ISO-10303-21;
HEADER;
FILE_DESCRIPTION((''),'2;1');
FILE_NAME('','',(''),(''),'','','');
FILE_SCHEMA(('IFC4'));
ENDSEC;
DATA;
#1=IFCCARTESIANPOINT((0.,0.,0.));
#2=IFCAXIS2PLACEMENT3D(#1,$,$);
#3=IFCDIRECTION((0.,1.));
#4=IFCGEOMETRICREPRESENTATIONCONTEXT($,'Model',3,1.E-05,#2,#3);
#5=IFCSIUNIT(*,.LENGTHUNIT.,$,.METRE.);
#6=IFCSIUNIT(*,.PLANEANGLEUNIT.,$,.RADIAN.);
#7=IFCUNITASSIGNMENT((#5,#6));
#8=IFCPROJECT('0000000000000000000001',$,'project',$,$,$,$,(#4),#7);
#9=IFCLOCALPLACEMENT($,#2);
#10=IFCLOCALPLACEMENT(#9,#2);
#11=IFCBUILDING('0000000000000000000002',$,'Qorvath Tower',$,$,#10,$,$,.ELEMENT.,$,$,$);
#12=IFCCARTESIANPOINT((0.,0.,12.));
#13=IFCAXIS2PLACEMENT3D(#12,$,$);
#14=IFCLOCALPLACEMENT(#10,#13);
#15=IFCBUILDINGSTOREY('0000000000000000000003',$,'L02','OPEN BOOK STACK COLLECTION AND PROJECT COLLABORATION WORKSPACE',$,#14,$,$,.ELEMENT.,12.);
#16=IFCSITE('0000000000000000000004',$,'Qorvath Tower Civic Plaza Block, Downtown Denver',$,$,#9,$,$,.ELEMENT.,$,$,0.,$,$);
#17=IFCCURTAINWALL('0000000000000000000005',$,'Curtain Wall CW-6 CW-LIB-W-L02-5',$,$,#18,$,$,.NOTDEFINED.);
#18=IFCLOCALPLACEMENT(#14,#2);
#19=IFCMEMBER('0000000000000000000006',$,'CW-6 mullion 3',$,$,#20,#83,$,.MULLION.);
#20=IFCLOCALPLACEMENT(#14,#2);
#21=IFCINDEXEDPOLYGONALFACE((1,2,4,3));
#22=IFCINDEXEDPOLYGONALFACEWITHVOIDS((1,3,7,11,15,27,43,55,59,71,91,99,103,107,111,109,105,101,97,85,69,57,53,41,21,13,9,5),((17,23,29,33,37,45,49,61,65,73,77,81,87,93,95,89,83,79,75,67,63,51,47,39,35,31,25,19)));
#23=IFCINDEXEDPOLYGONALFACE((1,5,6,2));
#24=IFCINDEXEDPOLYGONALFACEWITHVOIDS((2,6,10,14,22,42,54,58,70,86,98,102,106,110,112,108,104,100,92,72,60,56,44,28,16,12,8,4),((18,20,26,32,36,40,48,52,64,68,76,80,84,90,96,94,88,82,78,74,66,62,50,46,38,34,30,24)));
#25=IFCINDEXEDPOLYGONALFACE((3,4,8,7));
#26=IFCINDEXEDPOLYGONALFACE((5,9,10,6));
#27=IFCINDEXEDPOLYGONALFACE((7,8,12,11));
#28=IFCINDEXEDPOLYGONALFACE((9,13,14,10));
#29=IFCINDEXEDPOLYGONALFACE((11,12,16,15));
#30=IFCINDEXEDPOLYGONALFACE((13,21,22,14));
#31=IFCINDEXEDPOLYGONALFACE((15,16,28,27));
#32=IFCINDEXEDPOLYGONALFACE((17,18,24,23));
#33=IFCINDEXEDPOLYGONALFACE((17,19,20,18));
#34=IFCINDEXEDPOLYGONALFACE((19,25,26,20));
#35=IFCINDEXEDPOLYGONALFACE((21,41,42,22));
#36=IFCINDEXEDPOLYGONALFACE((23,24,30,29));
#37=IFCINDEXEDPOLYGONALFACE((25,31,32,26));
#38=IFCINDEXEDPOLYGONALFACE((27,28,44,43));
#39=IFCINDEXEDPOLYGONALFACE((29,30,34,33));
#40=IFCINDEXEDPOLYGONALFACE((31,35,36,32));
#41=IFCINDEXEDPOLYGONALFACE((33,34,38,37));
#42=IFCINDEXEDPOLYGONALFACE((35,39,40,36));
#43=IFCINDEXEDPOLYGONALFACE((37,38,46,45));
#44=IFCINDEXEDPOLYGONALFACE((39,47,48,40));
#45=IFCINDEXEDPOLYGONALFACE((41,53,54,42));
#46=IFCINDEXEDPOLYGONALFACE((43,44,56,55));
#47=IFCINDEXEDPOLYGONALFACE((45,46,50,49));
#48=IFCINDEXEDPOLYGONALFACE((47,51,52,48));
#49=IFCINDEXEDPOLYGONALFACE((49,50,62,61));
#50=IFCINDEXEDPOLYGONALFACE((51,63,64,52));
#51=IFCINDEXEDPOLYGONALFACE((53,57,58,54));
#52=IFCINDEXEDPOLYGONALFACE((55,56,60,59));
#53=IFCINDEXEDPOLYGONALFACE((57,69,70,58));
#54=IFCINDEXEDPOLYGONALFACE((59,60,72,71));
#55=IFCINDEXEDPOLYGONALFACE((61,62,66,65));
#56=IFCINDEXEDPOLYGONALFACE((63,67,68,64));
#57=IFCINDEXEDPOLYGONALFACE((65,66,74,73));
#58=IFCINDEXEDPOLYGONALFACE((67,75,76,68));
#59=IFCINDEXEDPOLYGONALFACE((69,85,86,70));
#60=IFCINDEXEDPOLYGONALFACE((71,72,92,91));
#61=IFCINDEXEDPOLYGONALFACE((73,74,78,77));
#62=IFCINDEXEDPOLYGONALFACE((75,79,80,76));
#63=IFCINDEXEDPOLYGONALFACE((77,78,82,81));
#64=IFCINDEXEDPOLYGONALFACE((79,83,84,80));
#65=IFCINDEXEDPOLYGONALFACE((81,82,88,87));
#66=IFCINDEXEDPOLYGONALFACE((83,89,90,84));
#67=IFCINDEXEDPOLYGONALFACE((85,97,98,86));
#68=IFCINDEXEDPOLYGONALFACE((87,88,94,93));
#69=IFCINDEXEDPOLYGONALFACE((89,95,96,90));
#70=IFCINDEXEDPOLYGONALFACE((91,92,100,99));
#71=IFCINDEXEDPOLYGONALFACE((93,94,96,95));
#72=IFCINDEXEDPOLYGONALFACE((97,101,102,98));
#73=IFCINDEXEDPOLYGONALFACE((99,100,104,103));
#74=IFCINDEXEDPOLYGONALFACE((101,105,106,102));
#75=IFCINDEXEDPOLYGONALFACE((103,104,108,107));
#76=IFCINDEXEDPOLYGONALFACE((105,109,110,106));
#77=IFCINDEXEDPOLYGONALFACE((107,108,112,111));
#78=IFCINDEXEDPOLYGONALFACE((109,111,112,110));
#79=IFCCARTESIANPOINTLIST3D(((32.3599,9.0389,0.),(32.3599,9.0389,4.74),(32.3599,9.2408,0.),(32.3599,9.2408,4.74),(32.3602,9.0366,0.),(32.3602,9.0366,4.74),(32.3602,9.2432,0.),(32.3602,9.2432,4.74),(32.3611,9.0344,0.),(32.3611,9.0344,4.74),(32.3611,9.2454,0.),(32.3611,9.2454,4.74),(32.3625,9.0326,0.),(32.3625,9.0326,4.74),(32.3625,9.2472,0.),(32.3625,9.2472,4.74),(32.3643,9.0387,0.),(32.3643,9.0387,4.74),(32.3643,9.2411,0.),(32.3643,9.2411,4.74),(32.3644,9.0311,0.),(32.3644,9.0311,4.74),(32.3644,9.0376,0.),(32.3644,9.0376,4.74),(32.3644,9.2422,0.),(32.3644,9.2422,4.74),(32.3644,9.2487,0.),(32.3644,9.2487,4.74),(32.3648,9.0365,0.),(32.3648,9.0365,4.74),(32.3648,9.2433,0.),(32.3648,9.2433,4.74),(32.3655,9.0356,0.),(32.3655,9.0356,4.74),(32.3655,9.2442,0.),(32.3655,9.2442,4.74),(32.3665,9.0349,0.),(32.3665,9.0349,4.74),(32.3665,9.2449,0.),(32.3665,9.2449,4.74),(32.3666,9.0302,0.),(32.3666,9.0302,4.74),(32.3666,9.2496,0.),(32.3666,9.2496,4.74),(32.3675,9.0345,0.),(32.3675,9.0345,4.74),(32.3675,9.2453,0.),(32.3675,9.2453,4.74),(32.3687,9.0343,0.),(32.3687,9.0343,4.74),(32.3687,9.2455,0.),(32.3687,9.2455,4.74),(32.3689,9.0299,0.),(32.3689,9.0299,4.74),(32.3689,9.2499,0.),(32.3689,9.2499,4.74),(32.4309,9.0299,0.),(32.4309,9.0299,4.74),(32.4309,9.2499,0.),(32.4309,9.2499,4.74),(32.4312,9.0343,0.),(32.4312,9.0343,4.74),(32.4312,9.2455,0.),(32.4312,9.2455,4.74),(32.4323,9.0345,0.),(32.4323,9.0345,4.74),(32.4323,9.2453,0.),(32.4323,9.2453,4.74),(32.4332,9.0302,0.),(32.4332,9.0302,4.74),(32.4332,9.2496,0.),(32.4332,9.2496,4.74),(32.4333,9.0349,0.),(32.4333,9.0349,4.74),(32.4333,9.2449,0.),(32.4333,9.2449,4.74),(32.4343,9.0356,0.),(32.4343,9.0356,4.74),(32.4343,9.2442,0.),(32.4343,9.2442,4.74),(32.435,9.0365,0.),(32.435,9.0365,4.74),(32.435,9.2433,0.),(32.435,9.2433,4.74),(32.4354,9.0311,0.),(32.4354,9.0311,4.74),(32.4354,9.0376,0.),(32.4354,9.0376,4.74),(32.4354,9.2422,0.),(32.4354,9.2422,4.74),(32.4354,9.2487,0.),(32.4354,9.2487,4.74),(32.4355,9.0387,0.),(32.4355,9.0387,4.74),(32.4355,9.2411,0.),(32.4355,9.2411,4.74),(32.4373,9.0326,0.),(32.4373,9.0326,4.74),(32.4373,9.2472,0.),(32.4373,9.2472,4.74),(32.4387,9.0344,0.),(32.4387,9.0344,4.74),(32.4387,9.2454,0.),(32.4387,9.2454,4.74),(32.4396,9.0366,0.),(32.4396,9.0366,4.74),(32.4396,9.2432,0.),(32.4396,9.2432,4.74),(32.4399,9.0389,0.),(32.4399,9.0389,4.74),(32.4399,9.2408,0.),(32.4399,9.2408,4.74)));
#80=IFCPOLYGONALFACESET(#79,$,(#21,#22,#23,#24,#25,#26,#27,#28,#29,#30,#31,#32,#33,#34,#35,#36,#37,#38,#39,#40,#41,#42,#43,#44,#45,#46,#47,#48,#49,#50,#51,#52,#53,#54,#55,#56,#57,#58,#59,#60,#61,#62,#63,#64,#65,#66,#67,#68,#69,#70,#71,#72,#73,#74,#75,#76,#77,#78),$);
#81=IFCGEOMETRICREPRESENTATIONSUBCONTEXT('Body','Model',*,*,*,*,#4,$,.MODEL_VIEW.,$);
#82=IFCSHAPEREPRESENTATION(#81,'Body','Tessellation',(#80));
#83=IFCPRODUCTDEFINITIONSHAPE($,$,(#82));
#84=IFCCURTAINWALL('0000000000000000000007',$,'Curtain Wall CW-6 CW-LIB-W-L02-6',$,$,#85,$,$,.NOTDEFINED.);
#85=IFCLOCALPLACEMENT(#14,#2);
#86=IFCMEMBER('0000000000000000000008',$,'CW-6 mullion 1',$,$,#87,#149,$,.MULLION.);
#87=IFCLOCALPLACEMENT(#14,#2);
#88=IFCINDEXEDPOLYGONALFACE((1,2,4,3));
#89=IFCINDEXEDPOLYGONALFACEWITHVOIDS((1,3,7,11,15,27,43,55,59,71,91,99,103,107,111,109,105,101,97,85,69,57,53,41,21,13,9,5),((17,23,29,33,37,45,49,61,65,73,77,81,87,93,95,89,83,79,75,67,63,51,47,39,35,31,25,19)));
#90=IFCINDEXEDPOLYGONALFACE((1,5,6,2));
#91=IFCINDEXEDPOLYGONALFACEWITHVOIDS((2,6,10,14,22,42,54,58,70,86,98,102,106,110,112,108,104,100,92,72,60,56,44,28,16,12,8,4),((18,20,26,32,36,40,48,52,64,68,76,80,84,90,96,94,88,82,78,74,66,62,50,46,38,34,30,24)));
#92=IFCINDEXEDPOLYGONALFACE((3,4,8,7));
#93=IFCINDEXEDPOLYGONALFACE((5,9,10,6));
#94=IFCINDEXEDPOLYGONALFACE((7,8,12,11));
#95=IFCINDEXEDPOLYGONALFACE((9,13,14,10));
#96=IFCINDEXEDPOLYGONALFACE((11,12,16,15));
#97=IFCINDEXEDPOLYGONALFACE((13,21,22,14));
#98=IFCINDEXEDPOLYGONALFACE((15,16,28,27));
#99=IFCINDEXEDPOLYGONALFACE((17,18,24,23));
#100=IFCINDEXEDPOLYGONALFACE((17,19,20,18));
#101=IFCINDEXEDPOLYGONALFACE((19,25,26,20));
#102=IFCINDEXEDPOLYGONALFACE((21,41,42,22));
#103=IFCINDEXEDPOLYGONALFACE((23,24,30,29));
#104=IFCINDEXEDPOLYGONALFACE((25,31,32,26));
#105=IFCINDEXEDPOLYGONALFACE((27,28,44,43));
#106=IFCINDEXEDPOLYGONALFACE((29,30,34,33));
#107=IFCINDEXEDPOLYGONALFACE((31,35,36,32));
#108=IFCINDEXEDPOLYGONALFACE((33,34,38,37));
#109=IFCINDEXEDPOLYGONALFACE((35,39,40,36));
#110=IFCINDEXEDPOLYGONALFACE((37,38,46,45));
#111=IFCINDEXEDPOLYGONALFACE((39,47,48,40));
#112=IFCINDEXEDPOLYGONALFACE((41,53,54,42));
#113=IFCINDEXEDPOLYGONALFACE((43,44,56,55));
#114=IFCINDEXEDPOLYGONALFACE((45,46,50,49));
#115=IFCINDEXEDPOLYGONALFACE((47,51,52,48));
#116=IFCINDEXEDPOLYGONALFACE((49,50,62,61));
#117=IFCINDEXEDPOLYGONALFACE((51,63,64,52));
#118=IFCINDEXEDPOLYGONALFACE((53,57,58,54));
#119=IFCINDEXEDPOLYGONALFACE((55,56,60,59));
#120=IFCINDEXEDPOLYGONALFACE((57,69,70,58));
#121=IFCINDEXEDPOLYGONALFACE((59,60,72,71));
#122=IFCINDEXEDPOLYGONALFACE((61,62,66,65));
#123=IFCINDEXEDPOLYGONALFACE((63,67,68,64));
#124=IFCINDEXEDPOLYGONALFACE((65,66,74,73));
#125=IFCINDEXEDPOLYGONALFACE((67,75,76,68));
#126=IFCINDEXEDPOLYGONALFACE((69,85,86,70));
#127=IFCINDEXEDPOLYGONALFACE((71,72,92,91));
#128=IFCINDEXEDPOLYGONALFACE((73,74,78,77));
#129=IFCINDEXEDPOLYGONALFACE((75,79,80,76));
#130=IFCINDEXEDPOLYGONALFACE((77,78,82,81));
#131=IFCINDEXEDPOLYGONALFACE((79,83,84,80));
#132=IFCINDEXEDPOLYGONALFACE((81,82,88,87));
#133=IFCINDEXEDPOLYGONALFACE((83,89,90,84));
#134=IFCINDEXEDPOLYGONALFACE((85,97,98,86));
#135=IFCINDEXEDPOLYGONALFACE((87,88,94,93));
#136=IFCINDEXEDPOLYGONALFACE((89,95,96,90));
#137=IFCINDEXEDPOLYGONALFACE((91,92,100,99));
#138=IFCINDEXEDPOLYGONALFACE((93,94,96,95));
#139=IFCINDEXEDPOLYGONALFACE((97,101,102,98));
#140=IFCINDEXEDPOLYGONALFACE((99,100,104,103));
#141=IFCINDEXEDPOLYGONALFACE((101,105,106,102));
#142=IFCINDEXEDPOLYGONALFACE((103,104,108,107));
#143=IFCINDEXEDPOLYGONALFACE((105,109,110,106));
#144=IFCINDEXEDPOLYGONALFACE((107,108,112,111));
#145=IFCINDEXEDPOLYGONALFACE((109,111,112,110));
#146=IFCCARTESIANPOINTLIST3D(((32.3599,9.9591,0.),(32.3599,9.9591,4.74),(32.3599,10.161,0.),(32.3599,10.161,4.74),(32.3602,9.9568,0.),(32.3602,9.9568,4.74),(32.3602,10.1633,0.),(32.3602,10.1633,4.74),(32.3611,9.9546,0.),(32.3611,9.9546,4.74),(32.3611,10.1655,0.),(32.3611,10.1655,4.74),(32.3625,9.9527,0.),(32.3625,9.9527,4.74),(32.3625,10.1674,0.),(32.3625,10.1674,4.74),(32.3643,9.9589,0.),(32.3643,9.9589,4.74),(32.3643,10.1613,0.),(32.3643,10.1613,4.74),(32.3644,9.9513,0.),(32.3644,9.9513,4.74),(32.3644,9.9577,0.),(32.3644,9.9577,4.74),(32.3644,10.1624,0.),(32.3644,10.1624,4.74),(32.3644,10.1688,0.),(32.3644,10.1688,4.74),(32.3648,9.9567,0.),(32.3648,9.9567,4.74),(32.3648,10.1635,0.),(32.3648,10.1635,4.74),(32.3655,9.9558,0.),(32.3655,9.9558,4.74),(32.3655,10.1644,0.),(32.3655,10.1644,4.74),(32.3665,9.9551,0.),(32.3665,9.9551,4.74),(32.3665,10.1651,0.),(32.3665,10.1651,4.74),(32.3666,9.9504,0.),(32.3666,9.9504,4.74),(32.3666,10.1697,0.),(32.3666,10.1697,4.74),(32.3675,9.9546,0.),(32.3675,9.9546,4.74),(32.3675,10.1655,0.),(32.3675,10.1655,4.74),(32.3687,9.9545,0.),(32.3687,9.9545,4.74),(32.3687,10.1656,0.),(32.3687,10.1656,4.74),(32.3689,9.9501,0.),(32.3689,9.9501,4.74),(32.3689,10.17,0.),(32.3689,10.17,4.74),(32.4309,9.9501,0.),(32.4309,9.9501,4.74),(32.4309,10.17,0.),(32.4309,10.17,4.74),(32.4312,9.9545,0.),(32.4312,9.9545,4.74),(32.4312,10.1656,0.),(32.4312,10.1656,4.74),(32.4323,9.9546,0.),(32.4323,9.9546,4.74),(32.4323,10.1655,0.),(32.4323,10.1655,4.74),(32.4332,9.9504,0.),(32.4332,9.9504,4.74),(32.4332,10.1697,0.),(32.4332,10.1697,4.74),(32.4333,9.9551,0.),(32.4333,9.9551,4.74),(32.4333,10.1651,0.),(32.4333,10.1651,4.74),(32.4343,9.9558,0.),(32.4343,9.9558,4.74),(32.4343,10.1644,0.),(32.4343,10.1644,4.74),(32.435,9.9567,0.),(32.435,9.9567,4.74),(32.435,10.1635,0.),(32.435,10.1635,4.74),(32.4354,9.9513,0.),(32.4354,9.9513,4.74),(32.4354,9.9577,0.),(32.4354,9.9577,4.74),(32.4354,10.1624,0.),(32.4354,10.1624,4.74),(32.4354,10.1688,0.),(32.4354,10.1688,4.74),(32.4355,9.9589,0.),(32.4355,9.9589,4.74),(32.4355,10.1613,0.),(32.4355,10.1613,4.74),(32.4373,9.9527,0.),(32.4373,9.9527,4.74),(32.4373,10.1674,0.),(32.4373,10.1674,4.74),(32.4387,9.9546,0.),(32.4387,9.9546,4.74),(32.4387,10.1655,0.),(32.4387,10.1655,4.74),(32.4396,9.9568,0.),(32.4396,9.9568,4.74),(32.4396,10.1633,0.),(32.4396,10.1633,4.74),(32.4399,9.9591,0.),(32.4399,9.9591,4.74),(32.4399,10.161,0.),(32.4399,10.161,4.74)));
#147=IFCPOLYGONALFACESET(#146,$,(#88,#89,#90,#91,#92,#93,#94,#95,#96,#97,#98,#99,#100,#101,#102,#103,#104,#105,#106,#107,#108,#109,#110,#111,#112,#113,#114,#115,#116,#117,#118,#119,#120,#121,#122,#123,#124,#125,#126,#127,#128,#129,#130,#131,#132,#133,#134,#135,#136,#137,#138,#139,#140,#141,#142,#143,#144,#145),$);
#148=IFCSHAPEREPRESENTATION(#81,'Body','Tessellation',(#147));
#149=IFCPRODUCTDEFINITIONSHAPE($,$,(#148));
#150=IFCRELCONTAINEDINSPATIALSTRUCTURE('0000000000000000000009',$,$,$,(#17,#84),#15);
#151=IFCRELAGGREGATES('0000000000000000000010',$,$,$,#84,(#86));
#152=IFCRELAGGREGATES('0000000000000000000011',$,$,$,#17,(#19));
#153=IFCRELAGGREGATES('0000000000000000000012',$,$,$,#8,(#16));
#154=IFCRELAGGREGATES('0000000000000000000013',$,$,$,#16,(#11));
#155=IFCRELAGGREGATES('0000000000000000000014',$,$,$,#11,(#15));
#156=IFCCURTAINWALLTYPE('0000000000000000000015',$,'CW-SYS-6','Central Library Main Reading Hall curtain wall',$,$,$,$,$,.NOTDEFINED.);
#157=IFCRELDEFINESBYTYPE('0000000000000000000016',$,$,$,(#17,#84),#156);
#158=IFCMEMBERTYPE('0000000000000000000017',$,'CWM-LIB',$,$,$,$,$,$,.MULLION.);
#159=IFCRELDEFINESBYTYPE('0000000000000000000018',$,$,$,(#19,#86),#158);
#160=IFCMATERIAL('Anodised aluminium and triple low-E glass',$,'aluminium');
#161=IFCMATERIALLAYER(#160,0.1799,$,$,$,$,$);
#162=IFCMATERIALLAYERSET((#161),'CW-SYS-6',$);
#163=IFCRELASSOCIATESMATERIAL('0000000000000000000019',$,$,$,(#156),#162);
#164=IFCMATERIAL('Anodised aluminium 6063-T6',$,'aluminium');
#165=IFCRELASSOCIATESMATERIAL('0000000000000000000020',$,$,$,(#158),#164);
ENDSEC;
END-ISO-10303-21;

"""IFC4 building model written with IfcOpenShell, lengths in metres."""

from ifc_helpers import new_model, si_unit, direction, frame, origin, origin_2d, place, context, subcontext, project, spatial, hollow_rectangle, extrude, material, layer, layer_set, material_profile, profile_set, type_object, element, aggregate, save


model = new_model("IFC4")

# Units and contexts
model_context = context("Model", 3, precision=1e-05, world=origin(), true_north=direction((0.0, 1.0)))
body_context = subcontext(model_context, "Body", "Model", "MODEL_VIEW")
ifc_project = project(units=[si_unit("LENGTHUNIT", "METRE"), si_unit("PLANEANGLEUNIT", "RADIAN")], contexts=[model_context])

# Site, building, storey
site_placement = place(None, origin())
site = spatial("IfcSite", under=ifc_project, at=site_placement, Name="Qorvath Tower Civic Plaza Block, Downtown Denver", CompositionType="ELEMENT", RefElevation=0.0)
building_placement = place(site_placement, origin())
building = spatial("IfcBuilding", under=site, at=building_placement, Name="Qorvath Tower", CompositionType="ELEMENT")
storey_placement = place(building_placement, frame((0.0, 0.0, 12.0)))
storey = spatial("IfcBuildingStorey", under=building, at=storey_placement, Name="L02", Description="OPEN BOOK STACK COLLECTION AND PROJECT COLLABORATION WORKSPACE", CompositionType="ELEMENT", Elevation=12.0)

# Curtain wall, member
ifc_material_1 = material(Name="Anodised aluminium and triple low-E glass", Category="aluminium")
ifc_layer_1 = layer(ifc_material_1, 0.1799)
ifc_layer_set_1 = layer_set([ifc_layer_1], Name="CW-SYS-6")
curtain_wall_type = type_object("IfcCurtainWallType", Name="CW-SYS-6", Description="Central Library Main Reading Hall curtain wall", PredefinedType="NOTDEFINED", material=ifc_layer_set_1)
curtain_wall_1_placement = place(storey_placement, origin())
curtain_wall_1 = element("IfcCurtainWall", 1, at=curtain_wall_1_placement, inside=storey, type_object=curtain_wall_type, Name="Curtain Wall CW-6 CW-LIB-W-L02-5", PredefinedType="NOTDEFINED")
ifc_material_2 = material(Name="Anodised aluminium 6063-T6", Category="aluminium")
ifc_material_profile_1 = material_profile(ifc_material_2, hollow_rectangle(XDim=0.0801, YDim=0.22, WallThickness=0.0044, InnerFilletRadius=0.0044, OuterFilletRadius=0.009, at=origin_2d()), Name="CWM LIB 220x80")
ifc_profile_set_1 = profile_set([ifc_material_profile_1], Name="Anodised aluminium 6063-T6")
member_type_1 = type_object("IfcMemberType", Name="CWM-LIB", PredefinedType="MULLION", material=ifc_profile_set_1)
member_1_placement = place(storey_placement, frame((32.3999, 9.1399, 0.0), z_axis=(0.0, 0.0, 1.0), x_axis=(-1.0, 0.0, 0.0)))
member_1 = element("IfcMember", 2, at=member_1_placement, type_object=member_type_1, Name="CW-6 mullion 3", PredefinedType="MULLION", context=body_context, shape_type="SweptSolid", body=[
    extrude(hollow_rectangle(XDim=0.0801, YDim=0.22, WallThickness=0.0044, InnerFilletRadius=0.0044, OuterFilletRadius=0.009, at=origin_2d()), origin(), (0.0, 0.0, 1.0), 4.74),
])

# Curtain wall, member
curtain_wall_2_placement = place(storey_placement, origin())
curtain_wall_2 = element("IfcCurtainWall", 3, at=curtain_wall_2_placement, inside=storey, type_object=curtain_wall_type, Name="Curtain Wall CW-6 CW-LIB-W-L02-6", PredefinedType="NOTDEFINED")
member_2_placement = place(storey_placement, frame((32.3999, 10.0601, 0.0), z_axis=(0.0, 0.0, 1.0), x_axis=(-1.0, 0.0, 0.0)))
member_2 = element("IfcMember", 4, at=member_2_placement, type_object=member_type_1, Name="CW-6 mullion 1", PredefinedType="MULLION", context=body_context, shape_type="SweptSolid", body=[
    extrude(hollow_rectangle(XDim=0.0801, YDim=0.22, WallThickness=0.0044, InnerFilletRadius=0.0044, OuterFilletRadius=0.009, at=origin_2d()), origin(), (0.0, 0.0, 1.0), 4.74),
])
aggregate(curtain_wall_2, [member_2])

aggregate(curtain_wall_1, [member_1])

save(model, "model.ifc")
